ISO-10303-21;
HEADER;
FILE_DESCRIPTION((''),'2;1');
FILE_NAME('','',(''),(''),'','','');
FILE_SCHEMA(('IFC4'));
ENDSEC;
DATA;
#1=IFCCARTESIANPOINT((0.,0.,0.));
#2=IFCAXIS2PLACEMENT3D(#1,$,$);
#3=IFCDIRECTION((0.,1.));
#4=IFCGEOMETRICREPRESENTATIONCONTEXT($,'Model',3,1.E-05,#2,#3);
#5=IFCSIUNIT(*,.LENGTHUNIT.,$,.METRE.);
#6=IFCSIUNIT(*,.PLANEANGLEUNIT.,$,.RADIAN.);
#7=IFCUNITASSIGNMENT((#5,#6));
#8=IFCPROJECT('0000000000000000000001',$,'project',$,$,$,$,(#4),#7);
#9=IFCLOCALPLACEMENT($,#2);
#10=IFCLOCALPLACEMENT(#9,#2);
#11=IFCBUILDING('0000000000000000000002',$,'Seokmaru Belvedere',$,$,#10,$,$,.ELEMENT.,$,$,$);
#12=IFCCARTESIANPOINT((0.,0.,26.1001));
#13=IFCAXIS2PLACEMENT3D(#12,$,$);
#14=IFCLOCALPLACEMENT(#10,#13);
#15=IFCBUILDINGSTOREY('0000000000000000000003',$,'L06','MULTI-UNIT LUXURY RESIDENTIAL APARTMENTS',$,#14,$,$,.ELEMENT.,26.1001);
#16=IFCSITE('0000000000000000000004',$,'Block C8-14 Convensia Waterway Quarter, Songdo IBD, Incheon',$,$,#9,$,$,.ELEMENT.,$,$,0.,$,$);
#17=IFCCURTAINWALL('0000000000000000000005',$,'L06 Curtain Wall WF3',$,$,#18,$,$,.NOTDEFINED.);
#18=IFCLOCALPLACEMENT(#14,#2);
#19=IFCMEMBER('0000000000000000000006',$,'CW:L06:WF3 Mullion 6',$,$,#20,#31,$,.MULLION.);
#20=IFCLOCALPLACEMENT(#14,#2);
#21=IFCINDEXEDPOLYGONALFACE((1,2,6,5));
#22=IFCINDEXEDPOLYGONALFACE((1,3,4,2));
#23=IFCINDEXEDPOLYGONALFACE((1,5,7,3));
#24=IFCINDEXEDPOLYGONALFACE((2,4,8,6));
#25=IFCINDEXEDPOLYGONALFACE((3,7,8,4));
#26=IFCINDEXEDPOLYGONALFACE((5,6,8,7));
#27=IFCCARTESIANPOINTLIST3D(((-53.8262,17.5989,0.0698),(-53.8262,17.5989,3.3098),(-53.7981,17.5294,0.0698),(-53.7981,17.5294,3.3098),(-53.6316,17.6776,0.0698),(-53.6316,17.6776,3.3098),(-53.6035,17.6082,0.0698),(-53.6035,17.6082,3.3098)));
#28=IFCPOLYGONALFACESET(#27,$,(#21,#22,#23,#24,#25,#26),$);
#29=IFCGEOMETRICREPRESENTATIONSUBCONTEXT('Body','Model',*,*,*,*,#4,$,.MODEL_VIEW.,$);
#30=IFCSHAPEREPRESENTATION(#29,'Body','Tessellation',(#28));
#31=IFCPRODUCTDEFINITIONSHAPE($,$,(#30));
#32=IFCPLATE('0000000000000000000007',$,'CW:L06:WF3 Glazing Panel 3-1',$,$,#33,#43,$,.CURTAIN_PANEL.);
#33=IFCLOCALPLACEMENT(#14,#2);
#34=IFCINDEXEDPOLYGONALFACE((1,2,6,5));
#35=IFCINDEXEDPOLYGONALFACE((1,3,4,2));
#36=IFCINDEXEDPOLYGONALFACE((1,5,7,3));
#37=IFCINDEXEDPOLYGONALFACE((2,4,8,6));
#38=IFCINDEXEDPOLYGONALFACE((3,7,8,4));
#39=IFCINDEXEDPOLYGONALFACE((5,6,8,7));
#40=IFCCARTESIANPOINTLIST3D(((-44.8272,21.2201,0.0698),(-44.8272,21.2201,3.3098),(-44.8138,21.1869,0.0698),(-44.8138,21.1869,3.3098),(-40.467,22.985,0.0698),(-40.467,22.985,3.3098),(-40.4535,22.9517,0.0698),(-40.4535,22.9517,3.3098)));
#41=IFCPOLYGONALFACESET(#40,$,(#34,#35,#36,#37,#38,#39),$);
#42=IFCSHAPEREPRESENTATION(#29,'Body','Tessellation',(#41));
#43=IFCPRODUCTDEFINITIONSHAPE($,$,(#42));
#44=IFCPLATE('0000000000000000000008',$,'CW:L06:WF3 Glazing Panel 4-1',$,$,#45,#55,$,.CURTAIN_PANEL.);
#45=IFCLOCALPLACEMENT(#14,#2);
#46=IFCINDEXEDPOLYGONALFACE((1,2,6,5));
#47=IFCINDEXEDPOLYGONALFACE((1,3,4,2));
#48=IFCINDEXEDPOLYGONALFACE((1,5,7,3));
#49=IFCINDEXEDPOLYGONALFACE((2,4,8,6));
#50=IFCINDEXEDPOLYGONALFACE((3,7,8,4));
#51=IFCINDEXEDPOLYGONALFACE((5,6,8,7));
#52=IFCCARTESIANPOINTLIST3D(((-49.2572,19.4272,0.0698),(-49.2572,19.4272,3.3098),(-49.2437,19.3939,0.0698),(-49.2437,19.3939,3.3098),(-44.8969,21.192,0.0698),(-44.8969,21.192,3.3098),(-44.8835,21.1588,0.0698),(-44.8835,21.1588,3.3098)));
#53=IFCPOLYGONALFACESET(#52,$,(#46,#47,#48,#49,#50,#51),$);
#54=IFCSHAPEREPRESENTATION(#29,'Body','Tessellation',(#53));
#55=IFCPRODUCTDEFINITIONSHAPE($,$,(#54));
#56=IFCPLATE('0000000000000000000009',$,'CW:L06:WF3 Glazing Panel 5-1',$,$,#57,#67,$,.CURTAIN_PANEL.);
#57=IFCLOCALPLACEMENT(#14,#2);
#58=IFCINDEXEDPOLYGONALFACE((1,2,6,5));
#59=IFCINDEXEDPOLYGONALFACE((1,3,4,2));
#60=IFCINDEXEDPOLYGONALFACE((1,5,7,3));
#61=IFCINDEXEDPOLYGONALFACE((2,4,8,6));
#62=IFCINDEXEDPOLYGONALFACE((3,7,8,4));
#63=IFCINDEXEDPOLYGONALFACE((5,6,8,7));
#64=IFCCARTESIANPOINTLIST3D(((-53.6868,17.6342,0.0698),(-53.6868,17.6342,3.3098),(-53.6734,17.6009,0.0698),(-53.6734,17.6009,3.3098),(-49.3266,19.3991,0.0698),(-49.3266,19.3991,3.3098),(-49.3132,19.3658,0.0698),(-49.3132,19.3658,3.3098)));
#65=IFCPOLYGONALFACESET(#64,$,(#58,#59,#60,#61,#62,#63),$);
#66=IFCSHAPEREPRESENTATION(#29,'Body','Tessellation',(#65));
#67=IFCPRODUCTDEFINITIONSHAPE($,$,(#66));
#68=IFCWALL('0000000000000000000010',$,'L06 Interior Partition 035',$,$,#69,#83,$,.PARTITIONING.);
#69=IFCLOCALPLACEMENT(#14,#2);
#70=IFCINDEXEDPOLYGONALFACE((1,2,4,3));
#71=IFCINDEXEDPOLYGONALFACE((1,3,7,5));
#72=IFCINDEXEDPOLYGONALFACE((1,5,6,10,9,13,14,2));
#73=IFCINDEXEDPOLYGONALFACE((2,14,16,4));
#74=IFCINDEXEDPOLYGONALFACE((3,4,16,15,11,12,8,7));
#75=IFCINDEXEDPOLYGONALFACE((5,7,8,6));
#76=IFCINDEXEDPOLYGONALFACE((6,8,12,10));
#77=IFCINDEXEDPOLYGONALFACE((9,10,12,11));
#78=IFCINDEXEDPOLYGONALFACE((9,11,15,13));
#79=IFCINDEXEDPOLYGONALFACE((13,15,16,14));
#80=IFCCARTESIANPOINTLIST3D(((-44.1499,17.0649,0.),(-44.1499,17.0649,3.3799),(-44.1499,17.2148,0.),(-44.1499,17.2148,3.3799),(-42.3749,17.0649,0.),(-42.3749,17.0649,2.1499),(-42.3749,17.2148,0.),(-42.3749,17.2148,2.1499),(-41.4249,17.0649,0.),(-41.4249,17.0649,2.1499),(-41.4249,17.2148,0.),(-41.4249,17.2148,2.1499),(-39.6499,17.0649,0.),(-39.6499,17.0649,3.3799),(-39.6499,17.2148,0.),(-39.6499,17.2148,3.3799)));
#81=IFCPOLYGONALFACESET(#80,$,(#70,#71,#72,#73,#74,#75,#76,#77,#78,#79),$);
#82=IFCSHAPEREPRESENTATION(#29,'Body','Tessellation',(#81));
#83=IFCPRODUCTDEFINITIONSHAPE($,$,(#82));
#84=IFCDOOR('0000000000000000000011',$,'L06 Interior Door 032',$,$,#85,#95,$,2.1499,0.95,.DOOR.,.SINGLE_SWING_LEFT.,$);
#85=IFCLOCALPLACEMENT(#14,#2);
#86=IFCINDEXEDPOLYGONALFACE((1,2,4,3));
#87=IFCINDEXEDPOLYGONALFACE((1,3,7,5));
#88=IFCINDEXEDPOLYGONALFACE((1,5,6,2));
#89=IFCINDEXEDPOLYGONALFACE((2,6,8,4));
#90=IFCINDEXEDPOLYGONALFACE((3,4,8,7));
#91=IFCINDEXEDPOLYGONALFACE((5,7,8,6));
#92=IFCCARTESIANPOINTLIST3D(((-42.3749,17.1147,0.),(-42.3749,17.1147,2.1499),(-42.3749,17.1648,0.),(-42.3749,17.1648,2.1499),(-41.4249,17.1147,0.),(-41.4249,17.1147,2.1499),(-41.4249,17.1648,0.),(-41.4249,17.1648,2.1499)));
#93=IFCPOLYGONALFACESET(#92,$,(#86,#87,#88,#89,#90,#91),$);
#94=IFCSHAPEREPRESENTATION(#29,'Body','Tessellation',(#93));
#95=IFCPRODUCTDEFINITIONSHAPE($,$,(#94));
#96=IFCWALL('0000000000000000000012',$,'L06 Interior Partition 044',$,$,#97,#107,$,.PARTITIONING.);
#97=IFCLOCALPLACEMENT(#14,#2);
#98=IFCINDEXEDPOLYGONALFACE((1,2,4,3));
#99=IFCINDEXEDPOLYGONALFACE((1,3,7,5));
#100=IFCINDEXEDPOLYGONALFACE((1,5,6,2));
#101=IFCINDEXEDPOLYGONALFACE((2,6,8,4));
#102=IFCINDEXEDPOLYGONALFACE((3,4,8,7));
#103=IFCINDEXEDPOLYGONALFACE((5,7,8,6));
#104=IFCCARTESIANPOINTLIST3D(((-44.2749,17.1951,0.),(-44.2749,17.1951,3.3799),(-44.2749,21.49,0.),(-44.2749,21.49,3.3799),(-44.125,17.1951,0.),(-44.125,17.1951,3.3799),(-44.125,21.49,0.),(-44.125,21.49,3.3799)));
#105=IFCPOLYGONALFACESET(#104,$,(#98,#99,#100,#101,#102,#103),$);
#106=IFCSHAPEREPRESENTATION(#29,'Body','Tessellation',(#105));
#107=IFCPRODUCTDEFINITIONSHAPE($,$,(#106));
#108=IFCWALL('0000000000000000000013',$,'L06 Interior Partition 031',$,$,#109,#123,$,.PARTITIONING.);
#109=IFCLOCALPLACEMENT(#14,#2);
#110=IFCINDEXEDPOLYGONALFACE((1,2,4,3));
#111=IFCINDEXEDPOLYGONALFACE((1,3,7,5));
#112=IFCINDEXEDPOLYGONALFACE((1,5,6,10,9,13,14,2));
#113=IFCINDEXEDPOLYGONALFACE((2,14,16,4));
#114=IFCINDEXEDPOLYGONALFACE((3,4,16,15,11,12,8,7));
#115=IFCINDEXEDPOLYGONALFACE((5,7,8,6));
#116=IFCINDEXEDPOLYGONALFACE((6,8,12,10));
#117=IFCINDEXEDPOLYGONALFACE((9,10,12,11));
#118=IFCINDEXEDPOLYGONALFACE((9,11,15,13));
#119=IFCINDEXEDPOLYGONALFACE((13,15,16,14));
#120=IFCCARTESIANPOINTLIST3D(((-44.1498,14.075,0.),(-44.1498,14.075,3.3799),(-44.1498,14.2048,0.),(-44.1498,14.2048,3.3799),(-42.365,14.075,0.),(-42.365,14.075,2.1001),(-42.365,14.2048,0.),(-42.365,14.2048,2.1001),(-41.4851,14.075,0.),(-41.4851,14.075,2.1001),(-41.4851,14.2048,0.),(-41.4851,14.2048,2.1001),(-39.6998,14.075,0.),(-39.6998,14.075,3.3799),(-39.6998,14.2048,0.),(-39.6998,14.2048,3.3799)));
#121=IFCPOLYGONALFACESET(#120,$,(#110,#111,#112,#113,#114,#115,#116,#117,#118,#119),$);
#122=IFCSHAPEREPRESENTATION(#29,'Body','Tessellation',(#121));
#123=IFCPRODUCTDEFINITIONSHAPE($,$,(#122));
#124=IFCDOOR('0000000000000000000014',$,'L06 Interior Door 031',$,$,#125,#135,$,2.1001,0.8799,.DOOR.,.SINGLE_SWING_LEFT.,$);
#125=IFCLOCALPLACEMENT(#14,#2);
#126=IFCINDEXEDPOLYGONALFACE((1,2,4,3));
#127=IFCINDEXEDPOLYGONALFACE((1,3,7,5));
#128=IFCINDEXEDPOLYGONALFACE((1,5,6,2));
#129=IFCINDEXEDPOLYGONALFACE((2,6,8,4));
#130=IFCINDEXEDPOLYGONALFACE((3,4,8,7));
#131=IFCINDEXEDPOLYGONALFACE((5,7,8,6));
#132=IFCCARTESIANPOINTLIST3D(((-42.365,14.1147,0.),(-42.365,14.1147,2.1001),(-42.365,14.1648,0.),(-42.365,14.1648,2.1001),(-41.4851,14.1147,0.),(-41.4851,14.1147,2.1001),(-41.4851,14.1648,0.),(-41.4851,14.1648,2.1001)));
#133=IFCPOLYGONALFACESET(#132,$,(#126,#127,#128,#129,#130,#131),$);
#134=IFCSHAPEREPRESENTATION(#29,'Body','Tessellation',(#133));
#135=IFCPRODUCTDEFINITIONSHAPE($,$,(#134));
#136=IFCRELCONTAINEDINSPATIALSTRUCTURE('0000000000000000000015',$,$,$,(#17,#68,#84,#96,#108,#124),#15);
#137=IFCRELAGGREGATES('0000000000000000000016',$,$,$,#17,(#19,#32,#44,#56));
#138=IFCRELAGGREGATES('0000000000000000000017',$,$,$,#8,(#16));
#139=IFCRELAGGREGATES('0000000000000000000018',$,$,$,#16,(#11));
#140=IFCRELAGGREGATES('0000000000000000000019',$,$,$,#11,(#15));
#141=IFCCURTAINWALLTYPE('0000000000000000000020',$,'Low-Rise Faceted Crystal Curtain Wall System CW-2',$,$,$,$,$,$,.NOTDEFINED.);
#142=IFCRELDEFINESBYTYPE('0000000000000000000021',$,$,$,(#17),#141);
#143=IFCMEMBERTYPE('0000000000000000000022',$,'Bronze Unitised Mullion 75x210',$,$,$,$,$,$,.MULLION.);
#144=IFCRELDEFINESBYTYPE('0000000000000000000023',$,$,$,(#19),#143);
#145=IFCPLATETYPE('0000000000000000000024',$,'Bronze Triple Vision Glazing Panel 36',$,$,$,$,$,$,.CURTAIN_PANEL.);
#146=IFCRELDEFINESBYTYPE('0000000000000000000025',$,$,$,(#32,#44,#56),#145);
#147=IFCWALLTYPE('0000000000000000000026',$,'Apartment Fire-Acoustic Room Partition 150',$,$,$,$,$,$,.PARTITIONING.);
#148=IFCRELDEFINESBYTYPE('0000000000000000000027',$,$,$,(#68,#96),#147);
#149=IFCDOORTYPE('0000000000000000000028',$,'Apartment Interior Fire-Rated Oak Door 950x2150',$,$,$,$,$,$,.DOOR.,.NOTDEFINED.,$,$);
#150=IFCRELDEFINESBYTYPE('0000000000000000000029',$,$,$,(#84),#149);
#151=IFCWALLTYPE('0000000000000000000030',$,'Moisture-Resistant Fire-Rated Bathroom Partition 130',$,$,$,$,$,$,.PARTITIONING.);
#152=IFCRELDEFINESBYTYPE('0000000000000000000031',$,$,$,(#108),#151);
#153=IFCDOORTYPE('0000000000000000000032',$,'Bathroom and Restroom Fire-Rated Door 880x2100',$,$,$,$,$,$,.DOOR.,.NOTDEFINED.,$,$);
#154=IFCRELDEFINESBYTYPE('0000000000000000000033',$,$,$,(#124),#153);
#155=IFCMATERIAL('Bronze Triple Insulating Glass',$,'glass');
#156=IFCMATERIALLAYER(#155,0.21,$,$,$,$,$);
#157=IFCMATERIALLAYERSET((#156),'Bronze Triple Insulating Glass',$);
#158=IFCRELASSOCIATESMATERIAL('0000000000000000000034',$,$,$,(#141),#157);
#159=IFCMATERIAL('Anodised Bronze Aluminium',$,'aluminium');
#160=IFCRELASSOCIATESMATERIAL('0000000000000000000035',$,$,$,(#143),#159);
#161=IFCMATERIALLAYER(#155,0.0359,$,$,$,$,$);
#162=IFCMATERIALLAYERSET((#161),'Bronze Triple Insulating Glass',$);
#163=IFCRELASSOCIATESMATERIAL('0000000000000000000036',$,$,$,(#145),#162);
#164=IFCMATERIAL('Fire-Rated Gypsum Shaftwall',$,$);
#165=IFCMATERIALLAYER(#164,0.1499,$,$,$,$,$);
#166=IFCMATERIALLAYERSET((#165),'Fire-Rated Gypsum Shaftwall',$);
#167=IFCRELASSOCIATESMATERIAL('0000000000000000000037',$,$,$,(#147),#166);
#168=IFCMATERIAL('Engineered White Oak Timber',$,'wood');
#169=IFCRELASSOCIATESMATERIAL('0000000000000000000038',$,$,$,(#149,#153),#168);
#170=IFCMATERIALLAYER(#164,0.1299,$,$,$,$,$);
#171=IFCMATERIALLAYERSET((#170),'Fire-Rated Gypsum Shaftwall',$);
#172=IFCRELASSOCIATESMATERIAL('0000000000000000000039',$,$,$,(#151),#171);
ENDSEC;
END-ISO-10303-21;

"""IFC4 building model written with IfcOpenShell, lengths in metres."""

from ifc_helpers import new_model, si_unit, direction, frame, frame_2d, origin, origin_2d, place, context, subcontext, project, spatial, rectangle, extrude, source, transform, mapped, material, layer, layer_set, material_profile, profile_set, type_object, type_shapes, element, fill, aggregate, save


model = new_model("IFC4")

# Units and contexts
model_context = context("Model", 3, precision=1e-05, world=origin(), true_north=direction((0.0, 1.0)))
body_context = subcontext(model_context, "Body", "Model", "MODEL_VIEW")
ifc_project = project(units=[si_unit("LENGTHUNIT", "METRE"), si_unit("PLANEANGLEUNIT", "RADIAN")], contexts=[model_context])

# Site, building, storey
site_placement = place(None, origin())
site = spatial("IfcSite", under=ifc_project, at=site_placement, Name="Block C8-14 Convensia Waterway Quarter, Songdo IBD, Incheon", CompositionType="ELEMENT", RefElevation=0.0)
building_placement = place(site_placement, origin())
building = spatial("IfcBuilding", under=site, at=building_placement, Name="Seokmaru Belvedere", CompositionType="ELEMENT")
storey_placement = place(building_placement, frame((0.0, 0.0, 26.1001)))
storey = spatial("IfcBuildingStorey", under=building, at=storey_placement, Name="L06", Description="MULTI-UNIT LUXURY RESIDENTIAL APARTMENTS", CompositionType="ELEMENT", Elevation=26.1001)

# Curtain wall, member, plates
ifc_material_1 = material(Name="Bronze Triple Insulating Glass", Category="glass")
ifc_layer_1 = layer(ifc_material_1, 0.21)
ifc_layer_set_1 = layer_set([ifc_layer_1], Name="Bronze Triple Insulating Glass")
curtain_wall_type = type_object("IfcCurtainWallType", Name="Low-Rise Faceted Crystal Curtain Wall System CW-2", PredefinedType="NOTDEFINED", material=ifc_layer_set_1)
curtain_wall_placement = place(storey_placement, origin())
curtain_wall = element("IfcCurtainWall", 1, at=curtain_wall_placement, inside=storey, type_object=curtain_wall_type, Name="L06 Curtain Wall WF3", PredefinedType="NOTDEFINED")
ifc_material_2 = material(Name="Anodised Bronze Aluminium", Category="aluminium")
ifc_material_profile_1 = material_profile(ifc_material_2, rectangle(XDim=0.075, YDim=0.21, at=origin_2d()), Name="CW-M-75x210")
ifc_profile_set_1 = profile_set([ifc_material_profile_1], Name="Anodised Bronze Aluminium")
member_type = type_object("IfcMemberType", Name="Bronze Unitised Mullion 75x210", PredefinedType="MULLION", material=ifc_profile_set_1)
shared_shape_1 = source(origin(), body_context, "Body", "SweptSolid", [
    extrude(rectangle(XDim=0.075, YDim=0.21, at=origin_2d()), origin(), (0.0, 0.0, 1.0), 3.24),
])
type_shapes(member_type, [shared_shape_1])
member_1_placement = place(storey_placement, frame((-53.7148, 17.6035, 0.0698), z_axis=(0.0, 0.0, 1.0), x_axis=(0.375192, -0.926947, 0.0)))
member_1 = element("IfcMember", 2, at=member_1_placement, type_object=member_type, Name="CW:L06:WF3 Mullion 6", PredefinedType="MULLION", context=body_context, shape_type="MappedRepresentation", body=[
    mapped(shared_shape_1, transform((0.0, 0.0, 0.0), scale=1.0)),
])
ifc_layer_2 = layer(ifc_material_1, 0.0359)
ifc_layer_set_2 = layer_set([ifc_layer_2], Name="Bronze Triple Insulating Glass")
plate_type = type_object("IfcPlateType", Name="Bronze Triple Vision Glazing Panel 36", PredefinedType="CURTAIN_PANEL", material=ifc_layer_set_2)
shared_shape_2 = source(origin(), body_context, "Body", "SweptSolid", [
    extrude(rectangle(XDim=4.7039, YDim=0.0359, at=origin_2d()), origin(), (0.0, 0.0, 1.0), 3.24),
])
type_shapes(plate_type, [shared_shape_2])
plate_1_placement = place(storey_placement, frame((-42.6404, 22.0859, 0.0698), z_axis=(0.0, 0.0, 1.0), x_axis=(-0.926947, -0.375192, 0.0)))
plate_1 = element("IfcPlate", 3, at=plate_1_placement, type_object=plate_type, Name="CW:L06:WF3 Glazing Panel 3-1", PredefinedType="CURTAIN_PANEL", context=body_context, shape_type="MappedRepresentation", body=[
    mapped(shared_shape_2, transform((0.0, 0.0, 0.0), scale=1.0)),
])
plate_2_placement = place(storey_placement, frame((-47.0703, 20.293, 0.0698), z_axis=(0.0, 0.0, 1.0), x_axis=(-0.926947, -0.375192, 0.0)))
plate_2 = element("IfcPlate", 4, at=plate_2_placement, type_object=plate_type, Name="CW:L06:WF3 Glazing Panel 4-1", PredefinedType="CURTAIN_PANEL", context=body_context, shape_type="MappedRepresentation", body=[
    mapped(shared_shape_2, transform((0.0, 0.0, 0.0), scale=1.0)),
])
plate_3_placement = place(storey_placement, frame((-51.5, 18.5, 0.0698), z_axis=(0.0, 0.0, 1.0), x_axis=(-0.926947, -0.375192, 0.0)))
plate_3 = element("IfcPlate", 5, at=plate_3_placement, type_object=plate_type, Name="CW:L06:WF3 Glazing Panel 5-1", PredefinedType="CURTAIN_PANEL", context=body_context, shape_type="MappedRepresentation", body=[
    mapped(shared_shape_2, transform((0.0, 0.0, 0.0), scale=1.0)),
])
aggregate(curtain_wall, [member_1, plate_1, plate_2, plate_3])

# Wall, opening, door
ifc_material_3 = material(Name="Fire-Rated Gypsum Shaftwall")
ifc_layer_3 = layer(ifc_material_3, 0.1499)
ifc_layer_set_3 = layer_set([ifc_layer_3], Name="Fire-Rated Gypsum Shaftwall")
wall_type_1 = type_object("IfcWallType", Name="Apartment Fire-Acoustic Room Partition 150", PredefinedType="PARTITIONING", material=ifc_layer_set_3)
wall_1_placement = place(storey_placement, frame((-44.1499, 17.1399, 0.0), z_axis=(0.0, 0.0, 1.0), x_axis=(1.0, 0.0, 0.0)))
wall_1 = element("IfcWall", 6, at=wall_1_placement, inside=storey, type_object=wall_type_1, Name="L06 Interior Partition 035", PredefinedType="PARTITIONING", context=body_context, shape_type="SweptSolid", body=[
    extrude(rectangle(XDim=4.5, YDim=0.1499, at=frame_2d((2.25, 0.0))), origin(), (0.0, 0.0, 1.0), 3.3799),
])
opening_1_placement = place(wall_1_placement, frame((1.7749, 0.0, 0.0)))
opening_1 = element("IfcOpeningElement", 7, at=opening_1_placement, cuts=wall_1, PredefinedType="OPENING", context=body_context, shape_type="SweptSolid", body=[
    extrude(rectangle(XDim=0.95, YDim=2.1499, at=frame_2d((0.4751, 1.075))), frame((0.0, 0.085, 0.0), z_axis=(0.0, -1.0, 0.0), x_axis=(1.0, 0.0, 0.0)), (0.0, 0.0, 1.0), 0.1699),
])
ifc_material_4 = material(Name="Engineered White Oak Timber", Category="wood")
door_type_1 = type_object("IfcDoorType", Name="Apartment Interior Fire-Rated Oak Door 950x2150", OperationType="NOTDEFINED", PredefinedType="DOOR", material=ifc_material_4)
shared_shape_3 = source(origin(), body_context, "Body", "SweptSolid", [
    extrude(rectangle(XDim=0.95, YDim=2.1499, at=frame_2d((0.4751, 1.075))), frame((0.0, 0.0249, 0.0), z_axis=(0.0, -1.0, 0.0), x_axis=(1.0, 0.0, 0.0)), (0.0, 0.0, 1.0), 0.05),
])
type_shapes(door_type_1, [shared_shape_3])
door_1_placement = place(opening_1_placement, origin())
door_1 = element("IfcDoor", 8, at=door_1_placement, inside=storey, type_object=door_type_1, Name="L06 Interior Door 032", OperationType="SINGLE_SWING_LEFT", OverallHeight=2.1499, OverallWidth=0.95, PredefinedType="DOOR", context=body_context, shape_type="MappedRepresentation", body=[
    mapped(shared_shape_3, transform((0.0, 0.0, 0.0), scale=1.0)),
])
fill(opening_1, door_1)

# Wall
wall_2_placement = place(storey_placement, frame((-44.2, 17.1951, 0.0), z_axis=(0.0, 0.0, 1.0), x_axis=(0.0, 1.0, 0.0)))
element("IfcWall", 9, at=wall_2_placement, inside=storey, type_object=wall_type_1, Name="L06 Interior Partition 044", PredefinedType="PARTITIONING", context=body_context, shape_type="SweptSolid", body=[
    extrude(rectangle(XDim=4.2949, YDim=0.1499, at=frame_2d((2.1475, 0.0))), origin(), (0.0, 0.0, 1.0), 3.3799),
])

# Wall, opening, door
ifc_layer_4 = layer(ifc_material_3, 0.1299)
ifc_layer_set_4 = layer_set([ifc_layer_4], Name="Fire-Rated Gypsum Shaftwall")
wall_type_2 = type_object("IfcWallType", Name="Moisture-Resistant Fire-Rated Bathroom Partition 130", PredefinedType="PARTITIONING", material=ifc_layer_set_4)
wall_3_placement = place(storey_placement, frame((-44.1499, 14.1399, 0.0), z_axis=(0.0, 0.0, 1.0), x_axis=(1.0, 0.0, 0.0)))
wall_3 = element("IfcWall", 10, at=wall_3_placement, inside=storey, type_object=wall_type_2, Name="L06 Interior Partition 031", PredefinedType="PARTITIONING", context=body_context, shape_type="SweptSolid", body=[
    extrude(rectangle(XDim=4.45, YDim=0.1299, at=frame_2d((2.2251, 0.0))), origin(), (0.0, 0.0, 1.0), 3.3799),
])
opening_2_placement = place(wall_3_placement, frame((1.7849, 0.0, 0.0)))
opening_2 = element("IfcOpeningElement", 11, at=opening_2_placement, cuts=wall_3, PredefinedType="OPENING", context=body_context, shape_type="SweptSolid", body=[
    extrude(rectangle(XDim=0.8799, YDim=2.1001, at=frame_2d((0.4399, 1.05))), frame((0.0, 0.075, 0.0), z_axis=(0.0, -1.0, 0.0), x_axis=(1.0, 0.0, 0.0)), (0.0, 0.0, 1.0), 0.1499),
])
door_type_2 = type_object("IfcDoorType", Name="Bathroom and Restroom Fire-Rated Door 880x2100", OperationType="NOTDEFINED", PredefinedType="DOOR", material=ifc_material_4)
shared_shape_4 = source(origin(), body_context, "Body", "SweptSolid", [
    extrude(rectangle(XDim=0.8799, YDim=2.1001, at=frame_2d((0.4399, 1.05))), frame((0.0, 0.0249, 0.0), z_axis=(0.0, -1.0, 0.0), x_axis=(1.0, 0.0, 0.0)), (0.0, 0.0, 1.0), 0.05),
])
type_shapes(door_type_2, [shared_shape_4])
door_2_placement = place(opening_2_placement, origin())
door_2 = element("IfcDoor", 12, at=door_2_placement, inside=storey, type_object=door_type_2, Name="L06 Interior Door 031", OperationType="SINGLE_SWING_LEFT", OverallHeight=2.1001, OverallWidth=0.8799, PredefinedType="DOOR", context=body_context, shape_type="MappedRepresentation", body=[
    mapped(shared_shape_4, transform((0.0, 0.0, 0.0), scale=1.0)),
])
fill(opening_2, door_2)

save(model, "model.ifc")
